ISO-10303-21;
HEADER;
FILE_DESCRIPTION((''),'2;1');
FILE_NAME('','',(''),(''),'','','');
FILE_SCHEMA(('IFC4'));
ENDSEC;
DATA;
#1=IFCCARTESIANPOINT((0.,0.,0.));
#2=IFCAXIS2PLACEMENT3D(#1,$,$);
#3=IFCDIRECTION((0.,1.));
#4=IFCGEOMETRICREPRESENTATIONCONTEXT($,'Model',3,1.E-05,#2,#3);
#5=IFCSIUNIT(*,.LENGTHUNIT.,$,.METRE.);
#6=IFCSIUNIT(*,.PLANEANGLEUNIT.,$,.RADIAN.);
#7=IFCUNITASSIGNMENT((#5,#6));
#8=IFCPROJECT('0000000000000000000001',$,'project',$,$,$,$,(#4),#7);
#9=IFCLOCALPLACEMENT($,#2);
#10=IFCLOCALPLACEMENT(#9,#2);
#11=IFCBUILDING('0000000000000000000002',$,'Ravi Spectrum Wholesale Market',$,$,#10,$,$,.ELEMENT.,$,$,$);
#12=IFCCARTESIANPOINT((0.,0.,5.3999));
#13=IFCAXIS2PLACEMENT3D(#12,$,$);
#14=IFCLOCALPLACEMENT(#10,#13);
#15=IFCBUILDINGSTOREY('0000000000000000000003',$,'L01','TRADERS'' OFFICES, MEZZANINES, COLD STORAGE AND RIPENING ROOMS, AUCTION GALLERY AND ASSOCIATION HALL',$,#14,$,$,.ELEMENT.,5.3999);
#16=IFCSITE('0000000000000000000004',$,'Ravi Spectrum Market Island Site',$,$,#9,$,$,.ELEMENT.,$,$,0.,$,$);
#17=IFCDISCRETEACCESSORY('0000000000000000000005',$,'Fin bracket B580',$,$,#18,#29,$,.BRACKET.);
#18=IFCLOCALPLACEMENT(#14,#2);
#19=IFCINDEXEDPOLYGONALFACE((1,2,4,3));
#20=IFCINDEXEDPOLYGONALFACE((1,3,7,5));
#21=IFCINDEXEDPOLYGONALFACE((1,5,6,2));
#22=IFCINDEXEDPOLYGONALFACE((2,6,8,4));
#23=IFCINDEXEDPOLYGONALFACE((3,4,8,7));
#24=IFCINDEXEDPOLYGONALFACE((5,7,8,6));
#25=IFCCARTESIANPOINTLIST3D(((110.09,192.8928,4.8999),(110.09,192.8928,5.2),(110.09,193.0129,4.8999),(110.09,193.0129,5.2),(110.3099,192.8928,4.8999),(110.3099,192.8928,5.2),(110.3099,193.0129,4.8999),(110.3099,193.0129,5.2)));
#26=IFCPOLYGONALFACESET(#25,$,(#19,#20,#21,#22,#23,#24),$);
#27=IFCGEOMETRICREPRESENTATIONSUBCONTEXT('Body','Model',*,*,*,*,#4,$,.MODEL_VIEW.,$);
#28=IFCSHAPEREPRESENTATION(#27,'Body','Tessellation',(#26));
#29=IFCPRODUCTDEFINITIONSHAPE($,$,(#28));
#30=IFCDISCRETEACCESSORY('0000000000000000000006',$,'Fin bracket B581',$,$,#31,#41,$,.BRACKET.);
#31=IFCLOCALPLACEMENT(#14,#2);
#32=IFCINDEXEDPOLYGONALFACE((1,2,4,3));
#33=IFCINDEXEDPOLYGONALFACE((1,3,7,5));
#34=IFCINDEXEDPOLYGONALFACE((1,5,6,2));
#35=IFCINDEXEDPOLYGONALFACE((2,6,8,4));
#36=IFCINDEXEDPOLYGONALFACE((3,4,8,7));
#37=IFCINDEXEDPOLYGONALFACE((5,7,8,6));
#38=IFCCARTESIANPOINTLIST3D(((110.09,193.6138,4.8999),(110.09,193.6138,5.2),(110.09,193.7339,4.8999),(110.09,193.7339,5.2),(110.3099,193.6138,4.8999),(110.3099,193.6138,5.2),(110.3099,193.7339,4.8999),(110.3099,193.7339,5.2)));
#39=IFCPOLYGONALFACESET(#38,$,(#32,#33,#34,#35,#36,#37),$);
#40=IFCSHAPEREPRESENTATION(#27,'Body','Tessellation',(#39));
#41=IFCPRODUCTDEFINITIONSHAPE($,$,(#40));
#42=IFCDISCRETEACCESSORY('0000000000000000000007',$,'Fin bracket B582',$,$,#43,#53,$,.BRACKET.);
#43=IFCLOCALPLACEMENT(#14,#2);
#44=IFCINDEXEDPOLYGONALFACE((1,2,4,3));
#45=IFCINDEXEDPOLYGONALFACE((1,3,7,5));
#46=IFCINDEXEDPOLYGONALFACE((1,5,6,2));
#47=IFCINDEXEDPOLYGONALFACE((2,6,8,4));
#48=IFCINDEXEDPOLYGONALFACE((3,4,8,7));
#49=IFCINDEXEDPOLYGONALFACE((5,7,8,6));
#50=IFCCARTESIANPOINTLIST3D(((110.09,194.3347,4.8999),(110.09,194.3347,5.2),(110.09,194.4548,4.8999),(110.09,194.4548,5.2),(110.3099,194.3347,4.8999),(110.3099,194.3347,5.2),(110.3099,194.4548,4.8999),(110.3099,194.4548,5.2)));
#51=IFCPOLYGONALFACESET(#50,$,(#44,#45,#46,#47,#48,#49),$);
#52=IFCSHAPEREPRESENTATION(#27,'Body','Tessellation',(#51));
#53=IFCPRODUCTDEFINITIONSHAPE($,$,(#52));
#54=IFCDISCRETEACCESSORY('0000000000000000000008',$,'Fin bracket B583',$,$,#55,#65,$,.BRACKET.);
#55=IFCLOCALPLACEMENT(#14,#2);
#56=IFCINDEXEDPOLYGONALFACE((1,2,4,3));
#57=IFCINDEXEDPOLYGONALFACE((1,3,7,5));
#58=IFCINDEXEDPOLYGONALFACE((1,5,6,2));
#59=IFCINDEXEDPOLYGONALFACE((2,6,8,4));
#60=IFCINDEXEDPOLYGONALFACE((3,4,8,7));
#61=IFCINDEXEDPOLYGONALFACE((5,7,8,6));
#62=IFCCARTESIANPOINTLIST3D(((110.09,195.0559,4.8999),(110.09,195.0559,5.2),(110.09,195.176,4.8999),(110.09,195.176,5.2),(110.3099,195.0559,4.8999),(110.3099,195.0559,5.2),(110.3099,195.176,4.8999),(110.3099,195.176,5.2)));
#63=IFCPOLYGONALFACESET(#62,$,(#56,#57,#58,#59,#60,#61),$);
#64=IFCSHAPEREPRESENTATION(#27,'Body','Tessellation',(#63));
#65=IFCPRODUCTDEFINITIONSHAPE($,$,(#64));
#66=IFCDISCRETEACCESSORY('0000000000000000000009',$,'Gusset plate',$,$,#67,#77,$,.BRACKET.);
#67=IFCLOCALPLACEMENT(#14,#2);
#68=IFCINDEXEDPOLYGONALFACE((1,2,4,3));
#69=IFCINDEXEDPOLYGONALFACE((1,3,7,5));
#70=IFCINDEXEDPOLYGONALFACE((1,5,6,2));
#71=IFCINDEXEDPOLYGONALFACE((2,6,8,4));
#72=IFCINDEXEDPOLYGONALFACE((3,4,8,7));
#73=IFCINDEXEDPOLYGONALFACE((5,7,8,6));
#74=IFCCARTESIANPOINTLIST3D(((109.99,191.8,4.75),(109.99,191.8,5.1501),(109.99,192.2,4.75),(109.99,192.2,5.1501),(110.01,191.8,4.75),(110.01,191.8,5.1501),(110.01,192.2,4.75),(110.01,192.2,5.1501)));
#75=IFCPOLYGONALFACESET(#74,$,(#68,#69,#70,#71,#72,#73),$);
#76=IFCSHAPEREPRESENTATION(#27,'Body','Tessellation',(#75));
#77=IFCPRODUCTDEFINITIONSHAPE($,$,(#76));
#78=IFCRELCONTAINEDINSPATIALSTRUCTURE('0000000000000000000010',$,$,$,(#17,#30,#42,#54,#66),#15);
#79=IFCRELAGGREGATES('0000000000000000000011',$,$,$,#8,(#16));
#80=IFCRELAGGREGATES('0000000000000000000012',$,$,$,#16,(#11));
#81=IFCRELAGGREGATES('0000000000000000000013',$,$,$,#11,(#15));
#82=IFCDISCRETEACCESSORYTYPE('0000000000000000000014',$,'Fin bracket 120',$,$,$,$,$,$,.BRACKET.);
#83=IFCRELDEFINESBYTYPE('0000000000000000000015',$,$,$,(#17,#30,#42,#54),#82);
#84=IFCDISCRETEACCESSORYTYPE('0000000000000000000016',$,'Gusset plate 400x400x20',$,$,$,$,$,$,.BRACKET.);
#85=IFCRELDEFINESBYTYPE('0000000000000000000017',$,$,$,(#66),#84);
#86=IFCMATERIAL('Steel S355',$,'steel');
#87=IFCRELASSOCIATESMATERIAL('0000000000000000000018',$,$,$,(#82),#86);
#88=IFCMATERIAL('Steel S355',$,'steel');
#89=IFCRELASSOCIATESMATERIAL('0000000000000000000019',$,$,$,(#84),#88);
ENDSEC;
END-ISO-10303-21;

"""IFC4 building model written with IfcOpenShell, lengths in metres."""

from ifc_helpers import new_model, si_unit, direction, frame, origin, origin_2d, place, context, subcontext, project, spatial, rectangle, extrude, material, material_profile, profile_set, type_object, element, save


model = new_model("IFC4")

# Units and contexts
model_context = context("Model", 3, precision=1e-05, world=origin(), true_north=direction((0.0, 1.0)))
body_context = subcontext(model_context, "Body", "Model", "MODEL_VIEW")
ifc_project = project(units=[si_unit("LENGTHUNIT", "METRE"), si_unit("PLANEANGLEUNIT", "RADIAN")], contexts=[model_context])

# Site, building, storey
site_placement = place(None, origin())
site = spatial("IfcSite", under=ifc_project, at=site_placement, Name="Ravi Spectrum Market Island Site", CompositionType="ELEMENT", RefElevation=0.0)
building_placement = place(site_placement, origin())
building = spatial("IfcBuilding", under=site, at=building_placement, Name="Ravi Spectrum Wholesale Market", CompositionType="ELEMENT")
storey_placement = place(building_placement, frame((0.0, 0.0, 5.3999)))
storey = spatial("IfcBuildingStorey", under=building, at=storey_placement, Name="L01", Description="TRADERS' OFFICES, MEZZANINES, COLD STORAGE AND RIPENING ROOMS, AUCTION GALLERY AND ASSOCIATION HALL", CompositionType="ELEMENT", Elevation=5.3999)

# Discrete accessories
ifc_material_1 = material(Name="Steel S355", Category="steel")
discrete_accessory_type_1 = type_object("IfcDiscreteAccessoryType", Name="Fin bracket 120", PredefinedType="BRACKET", material=ifc_material_1)
for number, where, z_axis, x_axis, name in (
    (1, (110.2, 192.9529, 4.8999), (0.0, 0.0, 1.0), (0.0, 1.0, 0.0), "Fin bracket B580"),
    (2, (110.2, 193.6738, 4.8999), (0.0, 0.0, 1.0), (0.0, 1.0, 0.0), "Fin bracket B581"),
    (3, (110.2, 194.3948, 4.8999), (0.0, 0.0, 1.0), (0.0, 1.0, 0.0), "Fin bracket B582"),
    (4, (110.2, 195.116, 4.8999), (0.0, 0.0, 1.0), (0.0, 1.0, 0.0), "Fin bracket B583"),
):
    element("IfcDiscreteAccessory", number, at=place(storey_placement, frame(where, z_axis=z_axis, x_axis=x_axis)), inside=storey, type_object=discrete_accessory_type_1, Name=name, PredefinedType="BRACKET", context=body_context, shape_type="SweptSolid", body=[
        extrude(rectangle(XDim=0.1201, YDim=0.22, at=origin_2d()), origin(), (0.0, 0.0, 1.0), 0.3),
    ])
ifc_material_2 = material(Name="Steel S355", Category="steel")
ifc_material_profile_1 = material_profile(ifc_material_2, rectangle(XDim=0.3999, YDim=0.02, at=origin_2d()))
ifc_profile_set_1 = profile_set([ifc_material_profile_1], Name="Steel S355")
discrete_accessory_type_2 = type_object("IfcDiscreteAccessoryType", Name="Gusset plate 400x400x20", PredefinedType="BRACKET", material=ifc_profile_set_1)
discrete_accessory_placement = place(storey_placement, frame((110.0, 192.0, 4.75), z_axis=(0.0, 0.0, 1.0), x_axis=(0.0, 1.0, 0.0)))
element("IfcDiscreteAccessory", 5, at=discrete_accessory_placement, inside=storey, type_object=discrete_accessory_type_2, Name="Gusset plate", PredefinedType="BRACKET", context=body_context, shape_type="SweptSolid", body=[
    extrude(rectangle(XDim=0.3999, YDim=0.02, at=origin_2d()), origin(), (0.0, 0.0, 1.0), 0.4001),
])

save(model, "model.ifc")
